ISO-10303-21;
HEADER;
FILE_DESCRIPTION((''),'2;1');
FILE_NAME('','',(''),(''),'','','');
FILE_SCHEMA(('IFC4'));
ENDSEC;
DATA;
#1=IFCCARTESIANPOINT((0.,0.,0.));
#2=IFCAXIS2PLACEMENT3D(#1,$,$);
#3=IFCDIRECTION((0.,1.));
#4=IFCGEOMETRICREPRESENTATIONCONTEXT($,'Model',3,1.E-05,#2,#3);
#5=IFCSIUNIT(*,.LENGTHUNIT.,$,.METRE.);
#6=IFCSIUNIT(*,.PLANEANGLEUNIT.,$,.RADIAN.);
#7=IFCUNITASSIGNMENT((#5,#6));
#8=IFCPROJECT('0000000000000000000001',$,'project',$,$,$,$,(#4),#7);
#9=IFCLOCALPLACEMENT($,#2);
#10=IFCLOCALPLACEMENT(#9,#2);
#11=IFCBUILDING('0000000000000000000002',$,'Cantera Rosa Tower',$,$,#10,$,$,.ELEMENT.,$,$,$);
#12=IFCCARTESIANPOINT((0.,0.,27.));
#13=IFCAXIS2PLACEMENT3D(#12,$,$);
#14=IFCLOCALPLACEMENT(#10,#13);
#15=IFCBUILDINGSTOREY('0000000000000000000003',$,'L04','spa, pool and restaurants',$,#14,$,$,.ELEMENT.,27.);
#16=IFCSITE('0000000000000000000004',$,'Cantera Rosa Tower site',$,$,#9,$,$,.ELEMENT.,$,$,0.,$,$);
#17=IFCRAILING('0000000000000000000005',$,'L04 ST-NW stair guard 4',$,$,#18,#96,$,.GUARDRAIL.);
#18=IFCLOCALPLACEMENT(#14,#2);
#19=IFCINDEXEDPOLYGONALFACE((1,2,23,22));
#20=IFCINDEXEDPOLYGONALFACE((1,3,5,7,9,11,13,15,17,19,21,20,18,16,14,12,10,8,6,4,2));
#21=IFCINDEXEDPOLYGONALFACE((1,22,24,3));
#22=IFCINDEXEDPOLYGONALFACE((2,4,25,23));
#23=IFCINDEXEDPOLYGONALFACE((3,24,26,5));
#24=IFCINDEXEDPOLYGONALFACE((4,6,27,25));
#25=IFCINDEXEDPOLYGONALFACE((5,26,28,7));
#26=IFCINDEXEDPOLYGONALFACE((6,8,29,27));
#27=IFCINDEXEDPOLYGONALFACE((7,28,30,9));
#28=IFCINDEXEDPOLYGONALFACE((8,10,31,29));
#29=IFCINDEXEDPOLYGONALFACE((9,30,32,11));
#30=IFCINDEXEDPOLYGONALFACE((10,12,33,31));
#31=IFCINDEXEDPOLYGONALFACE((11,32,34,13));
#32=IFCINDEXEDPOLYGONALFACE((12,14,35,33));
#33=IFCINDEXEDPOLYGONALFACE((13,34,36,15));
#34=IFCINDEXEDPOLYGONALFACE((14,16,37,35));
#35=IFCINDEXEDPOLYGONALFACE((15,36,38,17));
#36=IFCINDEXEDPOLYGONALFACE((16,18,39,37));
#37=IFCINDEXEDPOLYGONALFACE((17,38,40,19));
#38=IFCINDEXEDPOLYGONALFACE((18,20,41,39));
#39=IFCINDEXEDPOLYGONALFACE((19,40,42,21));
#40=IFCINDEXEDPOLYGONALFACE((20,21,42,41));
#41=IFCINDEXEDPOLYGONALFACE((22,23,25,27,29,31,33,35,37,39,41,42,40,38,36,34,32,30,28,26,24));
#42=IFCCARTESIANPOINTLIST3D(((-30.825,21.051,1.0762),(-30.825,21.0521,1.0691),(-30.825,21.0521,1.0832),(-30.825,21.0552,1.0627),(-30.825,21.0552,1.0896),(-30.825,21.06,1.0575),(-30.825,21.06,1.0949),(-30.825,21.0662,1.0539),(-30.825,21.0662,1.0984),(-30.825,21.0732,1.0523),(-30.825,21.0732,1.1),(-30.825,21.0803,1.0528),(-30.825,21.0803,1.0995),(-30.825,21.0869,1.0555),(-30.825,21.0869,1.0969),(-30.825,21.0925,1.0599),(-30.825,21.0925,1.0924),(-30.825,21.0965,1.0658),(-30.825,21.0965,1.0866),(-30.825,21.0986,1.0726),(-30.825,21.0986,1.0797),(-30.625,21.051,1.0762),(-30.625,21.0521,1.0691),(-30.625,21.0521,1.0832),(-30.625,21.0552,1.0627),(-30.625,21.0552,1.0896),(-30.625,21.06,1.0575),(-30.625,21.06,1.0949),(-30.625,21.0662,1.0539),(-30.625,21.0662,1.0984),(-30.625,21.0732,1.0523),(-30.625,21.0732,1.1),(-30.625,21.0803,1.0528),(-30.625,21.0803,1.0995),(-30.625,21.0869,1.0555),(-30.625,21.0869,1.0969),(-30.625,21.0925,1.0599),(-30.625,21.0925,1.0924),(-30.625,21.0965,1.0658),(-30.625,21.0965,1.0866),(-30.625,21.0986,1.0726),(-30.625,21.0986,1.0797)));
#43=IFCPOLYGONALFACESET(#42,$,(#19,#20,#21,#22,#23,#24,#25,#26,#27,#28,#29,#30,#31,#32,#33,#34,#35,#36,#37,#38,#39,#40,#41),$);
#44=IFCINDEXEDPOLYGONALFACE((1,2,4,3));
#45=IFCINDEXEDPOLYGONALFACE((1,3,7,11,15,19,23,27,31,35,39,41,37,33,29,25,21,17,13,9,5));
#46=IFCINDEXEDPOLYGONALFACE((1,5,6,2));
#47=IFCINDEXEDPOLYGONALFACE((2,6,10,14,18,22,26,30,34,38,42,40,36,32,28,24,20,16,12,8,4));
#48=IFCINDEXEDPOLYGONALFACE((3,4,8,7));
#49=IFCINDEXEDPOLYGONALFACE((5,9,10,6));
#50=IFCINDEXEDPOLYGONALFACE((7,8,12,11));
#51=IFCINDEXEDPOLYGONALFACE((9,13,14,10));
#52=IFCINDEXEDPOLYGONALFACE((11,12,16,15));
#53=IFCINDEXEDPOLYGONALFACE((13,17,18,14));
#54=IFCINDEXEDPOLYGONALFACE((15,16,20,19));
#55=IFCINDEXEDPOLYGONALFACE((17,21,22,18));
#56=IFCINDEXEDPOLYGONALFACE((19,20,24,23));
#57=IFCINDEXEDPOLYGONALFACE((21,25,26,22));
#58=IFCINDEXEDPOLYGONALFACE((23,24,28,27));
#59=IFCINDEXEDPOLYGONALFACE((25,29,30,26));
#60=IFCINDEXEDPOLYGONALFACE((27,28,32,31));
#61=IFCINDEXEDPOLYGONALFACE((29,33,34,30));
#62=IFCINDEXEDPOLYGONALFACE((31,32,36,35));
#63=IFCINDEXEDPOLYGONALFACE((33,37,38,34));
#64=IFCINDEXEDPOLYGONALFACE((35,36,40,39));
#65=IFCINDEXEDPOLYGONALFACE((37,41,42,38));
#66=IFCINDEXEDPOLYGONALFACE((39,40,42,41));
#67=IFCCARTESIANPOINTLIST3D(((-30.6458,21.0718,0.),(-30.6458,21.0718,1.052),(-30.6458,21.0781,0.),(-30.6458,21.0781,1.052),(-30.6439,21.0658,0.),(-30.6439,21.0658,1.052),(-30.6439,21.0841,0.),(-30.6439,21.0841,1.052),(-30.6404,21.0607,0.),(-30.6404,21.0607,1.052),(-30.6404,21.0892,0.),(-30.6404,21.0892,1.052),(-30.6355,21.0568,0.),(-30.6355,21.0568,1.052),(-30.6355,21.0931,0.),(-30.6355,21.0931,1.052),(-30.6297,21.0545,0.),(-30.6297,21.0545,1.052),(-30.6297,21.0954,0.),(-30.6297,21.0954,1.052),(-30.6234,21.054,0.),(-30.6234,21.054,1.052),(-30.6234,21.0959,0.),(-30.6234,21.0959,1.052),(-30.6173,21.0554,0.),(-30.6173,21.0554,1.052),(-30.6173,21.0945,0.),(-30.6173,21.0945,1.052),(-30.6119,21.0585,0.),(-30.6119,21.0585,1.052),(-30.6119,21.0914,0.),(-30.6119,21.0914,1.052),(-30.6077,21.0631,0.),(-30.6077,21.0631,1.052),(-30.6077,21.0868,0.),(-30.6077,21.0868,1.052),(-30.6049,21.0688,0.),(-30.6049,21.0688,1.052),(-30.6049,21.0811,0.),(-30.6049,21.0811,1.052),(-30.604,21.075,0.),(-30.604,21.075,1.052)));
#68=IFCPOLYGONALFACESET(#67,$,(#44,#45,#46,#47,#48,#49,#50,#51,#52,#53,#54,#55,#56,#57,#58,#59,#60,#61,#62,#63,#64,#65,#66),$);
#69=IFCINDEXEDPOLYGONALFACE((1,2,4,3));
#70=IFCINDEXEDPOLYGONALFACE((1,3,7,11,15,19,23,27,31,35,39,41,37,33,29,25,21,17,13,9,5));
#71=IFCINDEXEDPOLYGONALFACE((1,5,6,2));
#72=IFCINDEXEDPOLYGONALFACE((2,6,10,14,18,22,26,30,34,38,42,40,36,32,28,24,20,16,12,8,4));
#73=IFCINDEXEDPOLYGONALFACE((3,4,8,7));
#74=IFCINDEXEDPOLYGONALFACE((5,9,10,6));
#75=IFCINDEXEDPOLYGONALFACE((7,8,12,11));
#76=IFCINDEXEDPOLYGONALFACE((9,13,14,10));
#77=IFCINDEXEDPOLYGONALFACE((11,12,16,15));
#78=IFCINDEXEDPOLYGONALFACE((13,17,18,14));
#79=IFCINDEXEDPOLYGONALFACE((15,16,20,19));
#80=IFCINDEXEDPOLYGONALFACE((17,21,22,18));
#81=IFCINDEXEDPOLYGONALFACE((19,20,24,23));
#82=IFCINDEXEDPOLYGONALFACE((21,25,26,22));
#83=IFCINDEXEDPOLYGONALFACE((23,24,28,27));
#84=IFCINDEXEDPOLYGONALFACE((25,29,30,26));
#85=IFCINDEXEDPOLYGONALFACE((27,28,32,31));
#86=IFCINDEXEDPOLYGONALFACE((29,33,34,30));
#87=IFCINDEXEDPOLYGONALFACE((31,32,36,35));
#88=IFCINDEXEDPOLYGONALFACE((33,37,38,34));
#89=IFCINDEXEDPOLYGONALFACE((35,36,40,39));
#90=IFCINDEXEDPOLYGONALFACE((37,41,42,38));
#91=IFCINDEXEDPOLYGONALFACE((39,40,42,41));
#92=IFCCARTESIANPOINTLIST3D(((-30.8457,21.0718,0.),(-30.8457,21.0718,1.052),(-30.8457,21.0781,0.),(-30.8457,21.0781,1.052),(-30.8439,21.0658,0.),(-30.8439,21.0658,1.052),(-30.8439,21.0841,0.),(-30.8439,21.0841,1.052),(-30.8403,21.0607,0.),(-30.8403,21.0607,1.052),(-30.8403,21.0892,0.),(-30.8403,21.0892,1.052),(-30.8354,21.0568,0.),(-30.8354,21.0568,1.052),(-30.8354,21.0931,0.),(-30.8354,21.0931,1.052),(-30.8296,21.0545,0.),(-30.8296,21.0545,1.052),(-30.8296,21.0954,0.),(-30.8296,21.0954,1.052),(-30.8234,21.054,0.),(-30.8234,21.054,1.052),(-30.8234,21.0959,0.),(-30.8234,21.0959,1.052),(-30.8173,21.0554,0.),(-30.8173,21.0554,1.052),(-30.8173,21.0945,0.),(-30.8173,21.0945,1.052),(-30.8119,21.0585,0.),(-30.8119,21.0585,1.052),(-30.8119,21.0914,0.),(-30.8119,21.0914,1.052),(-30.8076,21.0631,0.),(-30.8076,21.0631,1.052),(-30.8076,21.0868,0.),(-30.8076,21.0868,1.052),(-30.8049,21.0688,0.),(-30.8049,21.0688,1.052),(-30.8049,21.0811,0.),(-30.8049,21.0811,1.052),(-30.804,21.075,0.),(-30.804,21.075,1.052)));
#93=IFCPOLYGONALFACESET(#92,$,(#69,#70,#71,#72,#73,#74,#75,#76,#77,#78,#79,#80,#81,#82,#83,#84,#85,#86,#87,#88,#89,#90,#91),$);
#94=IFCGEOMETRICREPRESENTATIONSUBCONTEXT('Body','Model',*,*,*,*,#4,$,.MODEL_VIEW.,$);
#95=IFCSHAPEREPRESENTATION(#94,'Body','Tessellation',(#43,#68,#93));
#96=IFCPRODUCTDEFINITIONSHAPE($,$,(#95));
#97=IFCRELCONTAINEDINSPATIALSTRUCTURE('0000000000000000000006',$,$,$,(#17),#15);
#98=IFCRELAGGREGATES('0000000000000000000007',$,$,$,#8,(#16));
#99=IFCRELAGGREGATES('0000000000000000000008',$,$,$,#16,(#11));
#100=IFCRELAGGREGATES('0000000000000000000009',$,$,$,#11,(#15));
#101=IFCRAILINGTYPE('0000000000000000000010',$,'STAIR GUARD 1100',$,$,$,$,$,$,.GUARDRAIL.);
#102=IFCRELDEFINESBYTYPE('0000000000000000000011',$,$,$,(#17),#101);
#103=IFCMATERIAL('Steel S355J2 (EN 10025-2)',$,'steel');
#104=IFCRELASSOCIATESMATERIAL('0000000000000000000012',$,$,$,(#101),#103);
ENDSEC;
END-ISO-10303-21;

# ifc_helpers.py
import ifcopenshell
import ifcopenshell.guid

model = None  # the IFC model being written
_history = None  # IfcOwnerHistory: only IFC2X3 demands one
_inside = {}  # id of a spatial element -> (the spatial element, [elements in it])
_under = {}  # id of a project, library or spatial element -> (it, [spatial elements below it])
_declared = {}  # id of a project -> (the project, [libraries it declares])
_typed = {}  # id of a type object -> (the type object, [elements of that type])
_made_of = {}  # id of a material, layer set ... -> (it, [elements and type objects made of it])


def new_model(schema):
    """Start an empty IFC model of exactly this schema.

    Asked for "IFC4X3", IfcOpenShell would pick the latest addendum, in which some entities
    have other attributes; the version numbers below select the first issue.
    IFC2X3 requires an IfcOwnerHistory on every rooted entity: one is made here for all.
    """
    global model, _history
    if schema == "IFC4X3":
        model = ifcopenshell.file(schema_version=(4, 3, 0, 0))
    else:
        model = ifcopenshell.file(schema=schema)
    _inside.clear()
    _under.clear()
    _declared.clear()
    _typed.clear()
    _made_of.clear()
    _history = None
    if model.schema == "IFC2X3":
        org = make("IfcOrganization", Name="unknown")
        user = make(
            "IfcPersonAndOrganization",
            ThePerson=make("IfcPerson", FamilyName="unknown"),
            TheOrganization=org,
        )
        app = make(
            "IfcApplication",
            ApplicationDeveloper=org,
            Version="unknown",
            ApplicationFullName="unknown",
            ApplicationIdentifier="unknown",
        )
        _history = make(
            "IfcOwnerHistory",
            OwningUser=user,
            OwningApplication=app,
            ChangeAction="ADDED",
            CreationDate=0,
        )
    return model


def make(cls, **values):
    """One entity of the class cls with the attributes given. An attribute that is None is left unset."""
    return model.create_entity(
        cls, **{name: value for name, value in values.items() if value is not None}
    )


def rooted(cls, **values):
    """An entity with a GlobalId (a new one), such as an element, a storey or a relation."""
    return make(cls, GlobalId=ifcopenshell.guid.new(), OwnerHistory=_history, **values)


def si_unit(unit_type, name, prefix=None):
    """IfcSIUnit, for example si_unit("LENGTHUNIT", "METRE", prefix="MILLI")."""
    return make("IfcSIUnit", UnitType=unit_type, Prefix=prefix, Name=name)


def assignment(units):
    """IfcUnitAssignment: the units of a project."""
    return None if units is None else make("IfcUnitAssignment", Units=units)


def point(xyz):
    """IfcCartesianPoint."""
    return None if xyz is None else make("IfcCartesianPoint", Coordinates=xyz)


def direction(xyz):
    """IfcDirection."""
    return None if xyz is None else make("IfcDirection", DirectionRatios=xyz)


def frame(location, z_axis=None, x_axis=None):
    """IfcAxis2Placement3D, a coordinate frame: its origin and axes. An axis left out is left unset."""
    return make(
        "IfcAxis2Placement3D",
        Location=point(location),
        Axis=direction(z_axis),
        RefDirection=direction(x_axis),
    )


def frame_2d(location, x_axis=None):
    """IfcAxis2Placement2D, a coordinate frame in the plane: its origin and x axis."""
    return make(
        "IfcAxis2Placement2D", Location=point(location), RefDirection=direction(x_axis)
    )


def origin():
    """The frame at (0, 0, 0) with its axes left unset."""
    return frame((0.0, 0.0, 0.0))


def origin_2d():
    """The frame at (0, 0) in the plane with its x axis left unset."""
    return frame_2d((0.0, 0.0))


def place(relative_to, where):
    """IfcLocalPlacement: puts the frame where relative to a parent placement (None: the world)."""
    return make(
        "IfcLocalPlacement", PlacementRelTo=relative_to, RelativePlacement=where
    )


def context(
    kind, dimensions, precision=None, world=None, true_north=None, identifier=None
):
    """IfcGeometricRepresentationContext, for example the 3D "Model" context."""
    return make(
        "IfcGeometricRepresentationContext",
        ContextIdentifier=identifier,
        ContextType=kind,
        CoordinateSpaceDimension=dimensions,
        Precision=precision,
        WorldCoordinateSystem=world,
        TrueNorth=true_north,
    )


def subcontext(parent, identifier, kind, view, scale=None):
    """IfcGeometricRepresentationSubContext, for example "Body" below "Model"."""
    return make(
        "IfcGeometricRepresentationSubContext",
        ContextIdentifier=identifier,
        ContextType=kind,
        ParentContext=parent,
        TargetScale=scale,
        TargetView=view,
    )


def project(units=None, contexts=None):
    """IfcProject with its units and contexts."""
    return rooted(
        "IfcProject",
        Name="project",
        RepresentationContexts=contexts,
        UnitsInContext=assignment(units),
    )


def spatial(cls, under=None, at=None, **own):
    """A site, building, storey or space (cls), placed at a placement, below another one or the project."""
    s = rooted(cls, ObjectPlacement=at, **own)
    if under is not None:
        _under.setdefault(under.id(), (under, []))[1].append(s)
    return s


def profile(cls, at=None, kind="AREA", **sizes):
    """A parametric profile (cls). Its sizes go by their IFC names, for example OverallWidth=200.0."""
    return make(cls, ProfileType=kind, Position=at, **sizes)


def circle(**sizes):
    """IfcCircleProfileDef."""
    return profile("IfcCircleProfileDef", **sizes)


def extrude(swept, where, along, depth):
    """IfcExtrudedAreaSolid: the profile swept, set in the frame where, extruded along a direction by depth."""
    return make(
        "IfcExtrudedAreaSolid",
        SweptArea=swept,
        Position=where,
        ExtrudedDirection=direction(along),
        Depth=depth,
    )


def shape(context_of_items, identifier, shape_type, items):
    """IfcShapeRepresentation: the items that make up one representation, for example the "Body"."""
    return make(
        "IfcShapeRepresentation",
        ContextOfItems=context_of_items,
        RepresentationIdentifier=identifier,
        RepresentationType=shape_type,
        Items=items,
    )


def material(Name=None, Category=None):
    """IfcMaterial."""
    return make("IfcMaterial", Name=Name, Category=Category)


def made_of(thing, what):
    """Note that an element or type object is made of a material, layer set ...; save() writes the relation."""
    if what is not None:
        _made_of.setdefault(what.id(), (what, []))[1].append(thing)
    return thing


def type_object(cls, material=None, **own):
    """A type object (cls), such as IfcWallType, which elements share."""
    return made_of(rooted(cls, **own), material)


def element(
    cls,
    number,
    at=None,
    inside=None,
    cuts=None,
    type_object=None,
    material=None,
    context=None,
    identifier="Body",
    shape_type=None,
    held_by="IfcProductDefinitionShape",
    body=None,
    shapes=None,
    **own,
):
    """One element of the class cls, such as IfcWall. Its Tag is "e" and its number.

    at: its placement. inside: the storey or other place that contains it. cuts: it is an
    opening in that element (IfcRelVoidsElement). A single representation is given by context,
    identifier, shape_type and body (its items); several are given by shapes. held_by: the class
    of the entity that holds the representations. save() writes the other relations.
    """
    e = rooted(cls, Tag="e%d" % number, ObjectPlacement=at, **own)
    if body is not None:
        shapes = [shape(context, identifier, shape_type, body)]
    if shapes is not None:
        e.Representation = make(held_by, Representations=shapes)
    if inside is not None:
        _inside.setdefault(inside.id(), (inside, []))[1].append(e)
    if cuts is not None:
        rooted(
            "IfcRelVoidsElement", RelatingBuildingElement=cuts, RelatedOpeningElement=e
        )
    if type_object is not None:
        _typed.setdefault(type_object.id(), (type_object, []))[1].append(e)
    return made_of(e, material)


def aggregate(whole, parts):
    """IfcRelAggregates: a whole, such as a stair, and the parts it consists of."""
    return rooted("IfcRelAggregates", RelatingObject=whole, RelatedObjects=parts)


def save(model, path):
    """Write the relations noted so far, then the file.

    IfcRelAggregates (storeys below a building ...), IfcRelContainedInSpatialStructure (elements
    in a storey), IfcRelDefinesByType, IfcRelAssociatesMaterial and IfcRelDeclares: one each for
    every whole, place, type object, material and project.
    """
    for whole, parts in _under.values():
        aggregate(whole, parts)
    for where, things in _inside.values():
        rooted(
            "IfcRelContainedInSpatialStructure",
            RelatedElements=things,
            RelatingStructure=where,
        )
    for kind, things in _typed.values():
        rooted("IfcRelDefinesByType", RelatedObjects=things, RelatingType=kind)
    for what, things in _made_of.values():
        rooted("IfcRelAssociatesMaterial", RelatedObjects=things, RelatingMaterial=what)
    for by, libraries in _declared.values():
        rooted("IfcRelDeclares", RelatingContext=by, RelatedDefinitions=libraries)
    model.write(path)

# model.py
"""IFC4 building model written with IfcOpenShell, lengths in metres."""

from ifc_helpers import new_model, si_unit, direction, frame, origin, origin_2d, place, context, subcontext, project, spatial, circle, extrude, material, type_object, element, save


model = new_model("IFC4")

# Units and contexts
model_context = context("Model", 3, precision=1e-05, world=origin(), true_north=direction((0.0, 1.0)))
body_context = subcontext(model_context, "Body", "Model", "MODEL_VIEW")
ifc_project = project(units=[si_unit("LENGTHUNIT", "METRE"), si_unit("PLANEANGLEUNIT", "RADIAN")], contexts=[model_context])

# Site, building, storey
site_placement = place(None, origin())
site = spatial("IfcSite", under=ifc_project, at=site_placement, Name="Cantera Rosa Tower site", CompositionType="ELEMENT", RefElevation=0.0)
building_placement = place(site_placement, origin())
building = spatial("IfcBuilding", under=site, at=building_placement, Name="Cantera Rosa Tower", CompositionType="ELEMENT")
storey_placement = place(building_placement, frame((0.0, 0.0, 27.0)))
storey = spatial("IfcBuildingStorey", under=building, at=storey_placement, Name="L04", Description="spa, pool and restaurants", CompositionType="ELEMENT", Elevation=27.0)

# Railing
ifc_material_1 = material(Name="Steel S355J2 (EN 10025-2)", Category="steel")
railing_type_1 = type_object("IfcRailingType", Name="STAIR GUARD 1100", PredefinedType="GUARDRAIL", material=ifc_material_1)
railing_1_placement = place(storey_placement, frame((-30.625, 21.075, 0.0)))
element("IfcRailing", 1, at=railing_1_placement, inside=storey, type_object=railing_type_1, Name="L04 ST-NW stair guard 4", PredefinedType="GUARDRAIL", context=body_context, shape_type="SweptSolid", body=[
    extrude(circle(Radius=0.0239, at=origin_2d()), frame((0.0, 0.0, 1.0762), z_axis=(-1.0, 0.0, 0.0), x_axis=(0.0, -1.0, 0.0)), (0.0, 0.0, 1.0), 0.2),
    extrude(circle(Radius=0.021, at=origin_2d()), origin(), (0.0, 0.0, 1.0), 1.052),
    extrude(circle(Radius=0.021, at=origin_2d()), frame((-0.2, 0.0, 0.0)), (0.0, 0.0, 1.0), 1.052),
])

save(model, "model.ifc")
